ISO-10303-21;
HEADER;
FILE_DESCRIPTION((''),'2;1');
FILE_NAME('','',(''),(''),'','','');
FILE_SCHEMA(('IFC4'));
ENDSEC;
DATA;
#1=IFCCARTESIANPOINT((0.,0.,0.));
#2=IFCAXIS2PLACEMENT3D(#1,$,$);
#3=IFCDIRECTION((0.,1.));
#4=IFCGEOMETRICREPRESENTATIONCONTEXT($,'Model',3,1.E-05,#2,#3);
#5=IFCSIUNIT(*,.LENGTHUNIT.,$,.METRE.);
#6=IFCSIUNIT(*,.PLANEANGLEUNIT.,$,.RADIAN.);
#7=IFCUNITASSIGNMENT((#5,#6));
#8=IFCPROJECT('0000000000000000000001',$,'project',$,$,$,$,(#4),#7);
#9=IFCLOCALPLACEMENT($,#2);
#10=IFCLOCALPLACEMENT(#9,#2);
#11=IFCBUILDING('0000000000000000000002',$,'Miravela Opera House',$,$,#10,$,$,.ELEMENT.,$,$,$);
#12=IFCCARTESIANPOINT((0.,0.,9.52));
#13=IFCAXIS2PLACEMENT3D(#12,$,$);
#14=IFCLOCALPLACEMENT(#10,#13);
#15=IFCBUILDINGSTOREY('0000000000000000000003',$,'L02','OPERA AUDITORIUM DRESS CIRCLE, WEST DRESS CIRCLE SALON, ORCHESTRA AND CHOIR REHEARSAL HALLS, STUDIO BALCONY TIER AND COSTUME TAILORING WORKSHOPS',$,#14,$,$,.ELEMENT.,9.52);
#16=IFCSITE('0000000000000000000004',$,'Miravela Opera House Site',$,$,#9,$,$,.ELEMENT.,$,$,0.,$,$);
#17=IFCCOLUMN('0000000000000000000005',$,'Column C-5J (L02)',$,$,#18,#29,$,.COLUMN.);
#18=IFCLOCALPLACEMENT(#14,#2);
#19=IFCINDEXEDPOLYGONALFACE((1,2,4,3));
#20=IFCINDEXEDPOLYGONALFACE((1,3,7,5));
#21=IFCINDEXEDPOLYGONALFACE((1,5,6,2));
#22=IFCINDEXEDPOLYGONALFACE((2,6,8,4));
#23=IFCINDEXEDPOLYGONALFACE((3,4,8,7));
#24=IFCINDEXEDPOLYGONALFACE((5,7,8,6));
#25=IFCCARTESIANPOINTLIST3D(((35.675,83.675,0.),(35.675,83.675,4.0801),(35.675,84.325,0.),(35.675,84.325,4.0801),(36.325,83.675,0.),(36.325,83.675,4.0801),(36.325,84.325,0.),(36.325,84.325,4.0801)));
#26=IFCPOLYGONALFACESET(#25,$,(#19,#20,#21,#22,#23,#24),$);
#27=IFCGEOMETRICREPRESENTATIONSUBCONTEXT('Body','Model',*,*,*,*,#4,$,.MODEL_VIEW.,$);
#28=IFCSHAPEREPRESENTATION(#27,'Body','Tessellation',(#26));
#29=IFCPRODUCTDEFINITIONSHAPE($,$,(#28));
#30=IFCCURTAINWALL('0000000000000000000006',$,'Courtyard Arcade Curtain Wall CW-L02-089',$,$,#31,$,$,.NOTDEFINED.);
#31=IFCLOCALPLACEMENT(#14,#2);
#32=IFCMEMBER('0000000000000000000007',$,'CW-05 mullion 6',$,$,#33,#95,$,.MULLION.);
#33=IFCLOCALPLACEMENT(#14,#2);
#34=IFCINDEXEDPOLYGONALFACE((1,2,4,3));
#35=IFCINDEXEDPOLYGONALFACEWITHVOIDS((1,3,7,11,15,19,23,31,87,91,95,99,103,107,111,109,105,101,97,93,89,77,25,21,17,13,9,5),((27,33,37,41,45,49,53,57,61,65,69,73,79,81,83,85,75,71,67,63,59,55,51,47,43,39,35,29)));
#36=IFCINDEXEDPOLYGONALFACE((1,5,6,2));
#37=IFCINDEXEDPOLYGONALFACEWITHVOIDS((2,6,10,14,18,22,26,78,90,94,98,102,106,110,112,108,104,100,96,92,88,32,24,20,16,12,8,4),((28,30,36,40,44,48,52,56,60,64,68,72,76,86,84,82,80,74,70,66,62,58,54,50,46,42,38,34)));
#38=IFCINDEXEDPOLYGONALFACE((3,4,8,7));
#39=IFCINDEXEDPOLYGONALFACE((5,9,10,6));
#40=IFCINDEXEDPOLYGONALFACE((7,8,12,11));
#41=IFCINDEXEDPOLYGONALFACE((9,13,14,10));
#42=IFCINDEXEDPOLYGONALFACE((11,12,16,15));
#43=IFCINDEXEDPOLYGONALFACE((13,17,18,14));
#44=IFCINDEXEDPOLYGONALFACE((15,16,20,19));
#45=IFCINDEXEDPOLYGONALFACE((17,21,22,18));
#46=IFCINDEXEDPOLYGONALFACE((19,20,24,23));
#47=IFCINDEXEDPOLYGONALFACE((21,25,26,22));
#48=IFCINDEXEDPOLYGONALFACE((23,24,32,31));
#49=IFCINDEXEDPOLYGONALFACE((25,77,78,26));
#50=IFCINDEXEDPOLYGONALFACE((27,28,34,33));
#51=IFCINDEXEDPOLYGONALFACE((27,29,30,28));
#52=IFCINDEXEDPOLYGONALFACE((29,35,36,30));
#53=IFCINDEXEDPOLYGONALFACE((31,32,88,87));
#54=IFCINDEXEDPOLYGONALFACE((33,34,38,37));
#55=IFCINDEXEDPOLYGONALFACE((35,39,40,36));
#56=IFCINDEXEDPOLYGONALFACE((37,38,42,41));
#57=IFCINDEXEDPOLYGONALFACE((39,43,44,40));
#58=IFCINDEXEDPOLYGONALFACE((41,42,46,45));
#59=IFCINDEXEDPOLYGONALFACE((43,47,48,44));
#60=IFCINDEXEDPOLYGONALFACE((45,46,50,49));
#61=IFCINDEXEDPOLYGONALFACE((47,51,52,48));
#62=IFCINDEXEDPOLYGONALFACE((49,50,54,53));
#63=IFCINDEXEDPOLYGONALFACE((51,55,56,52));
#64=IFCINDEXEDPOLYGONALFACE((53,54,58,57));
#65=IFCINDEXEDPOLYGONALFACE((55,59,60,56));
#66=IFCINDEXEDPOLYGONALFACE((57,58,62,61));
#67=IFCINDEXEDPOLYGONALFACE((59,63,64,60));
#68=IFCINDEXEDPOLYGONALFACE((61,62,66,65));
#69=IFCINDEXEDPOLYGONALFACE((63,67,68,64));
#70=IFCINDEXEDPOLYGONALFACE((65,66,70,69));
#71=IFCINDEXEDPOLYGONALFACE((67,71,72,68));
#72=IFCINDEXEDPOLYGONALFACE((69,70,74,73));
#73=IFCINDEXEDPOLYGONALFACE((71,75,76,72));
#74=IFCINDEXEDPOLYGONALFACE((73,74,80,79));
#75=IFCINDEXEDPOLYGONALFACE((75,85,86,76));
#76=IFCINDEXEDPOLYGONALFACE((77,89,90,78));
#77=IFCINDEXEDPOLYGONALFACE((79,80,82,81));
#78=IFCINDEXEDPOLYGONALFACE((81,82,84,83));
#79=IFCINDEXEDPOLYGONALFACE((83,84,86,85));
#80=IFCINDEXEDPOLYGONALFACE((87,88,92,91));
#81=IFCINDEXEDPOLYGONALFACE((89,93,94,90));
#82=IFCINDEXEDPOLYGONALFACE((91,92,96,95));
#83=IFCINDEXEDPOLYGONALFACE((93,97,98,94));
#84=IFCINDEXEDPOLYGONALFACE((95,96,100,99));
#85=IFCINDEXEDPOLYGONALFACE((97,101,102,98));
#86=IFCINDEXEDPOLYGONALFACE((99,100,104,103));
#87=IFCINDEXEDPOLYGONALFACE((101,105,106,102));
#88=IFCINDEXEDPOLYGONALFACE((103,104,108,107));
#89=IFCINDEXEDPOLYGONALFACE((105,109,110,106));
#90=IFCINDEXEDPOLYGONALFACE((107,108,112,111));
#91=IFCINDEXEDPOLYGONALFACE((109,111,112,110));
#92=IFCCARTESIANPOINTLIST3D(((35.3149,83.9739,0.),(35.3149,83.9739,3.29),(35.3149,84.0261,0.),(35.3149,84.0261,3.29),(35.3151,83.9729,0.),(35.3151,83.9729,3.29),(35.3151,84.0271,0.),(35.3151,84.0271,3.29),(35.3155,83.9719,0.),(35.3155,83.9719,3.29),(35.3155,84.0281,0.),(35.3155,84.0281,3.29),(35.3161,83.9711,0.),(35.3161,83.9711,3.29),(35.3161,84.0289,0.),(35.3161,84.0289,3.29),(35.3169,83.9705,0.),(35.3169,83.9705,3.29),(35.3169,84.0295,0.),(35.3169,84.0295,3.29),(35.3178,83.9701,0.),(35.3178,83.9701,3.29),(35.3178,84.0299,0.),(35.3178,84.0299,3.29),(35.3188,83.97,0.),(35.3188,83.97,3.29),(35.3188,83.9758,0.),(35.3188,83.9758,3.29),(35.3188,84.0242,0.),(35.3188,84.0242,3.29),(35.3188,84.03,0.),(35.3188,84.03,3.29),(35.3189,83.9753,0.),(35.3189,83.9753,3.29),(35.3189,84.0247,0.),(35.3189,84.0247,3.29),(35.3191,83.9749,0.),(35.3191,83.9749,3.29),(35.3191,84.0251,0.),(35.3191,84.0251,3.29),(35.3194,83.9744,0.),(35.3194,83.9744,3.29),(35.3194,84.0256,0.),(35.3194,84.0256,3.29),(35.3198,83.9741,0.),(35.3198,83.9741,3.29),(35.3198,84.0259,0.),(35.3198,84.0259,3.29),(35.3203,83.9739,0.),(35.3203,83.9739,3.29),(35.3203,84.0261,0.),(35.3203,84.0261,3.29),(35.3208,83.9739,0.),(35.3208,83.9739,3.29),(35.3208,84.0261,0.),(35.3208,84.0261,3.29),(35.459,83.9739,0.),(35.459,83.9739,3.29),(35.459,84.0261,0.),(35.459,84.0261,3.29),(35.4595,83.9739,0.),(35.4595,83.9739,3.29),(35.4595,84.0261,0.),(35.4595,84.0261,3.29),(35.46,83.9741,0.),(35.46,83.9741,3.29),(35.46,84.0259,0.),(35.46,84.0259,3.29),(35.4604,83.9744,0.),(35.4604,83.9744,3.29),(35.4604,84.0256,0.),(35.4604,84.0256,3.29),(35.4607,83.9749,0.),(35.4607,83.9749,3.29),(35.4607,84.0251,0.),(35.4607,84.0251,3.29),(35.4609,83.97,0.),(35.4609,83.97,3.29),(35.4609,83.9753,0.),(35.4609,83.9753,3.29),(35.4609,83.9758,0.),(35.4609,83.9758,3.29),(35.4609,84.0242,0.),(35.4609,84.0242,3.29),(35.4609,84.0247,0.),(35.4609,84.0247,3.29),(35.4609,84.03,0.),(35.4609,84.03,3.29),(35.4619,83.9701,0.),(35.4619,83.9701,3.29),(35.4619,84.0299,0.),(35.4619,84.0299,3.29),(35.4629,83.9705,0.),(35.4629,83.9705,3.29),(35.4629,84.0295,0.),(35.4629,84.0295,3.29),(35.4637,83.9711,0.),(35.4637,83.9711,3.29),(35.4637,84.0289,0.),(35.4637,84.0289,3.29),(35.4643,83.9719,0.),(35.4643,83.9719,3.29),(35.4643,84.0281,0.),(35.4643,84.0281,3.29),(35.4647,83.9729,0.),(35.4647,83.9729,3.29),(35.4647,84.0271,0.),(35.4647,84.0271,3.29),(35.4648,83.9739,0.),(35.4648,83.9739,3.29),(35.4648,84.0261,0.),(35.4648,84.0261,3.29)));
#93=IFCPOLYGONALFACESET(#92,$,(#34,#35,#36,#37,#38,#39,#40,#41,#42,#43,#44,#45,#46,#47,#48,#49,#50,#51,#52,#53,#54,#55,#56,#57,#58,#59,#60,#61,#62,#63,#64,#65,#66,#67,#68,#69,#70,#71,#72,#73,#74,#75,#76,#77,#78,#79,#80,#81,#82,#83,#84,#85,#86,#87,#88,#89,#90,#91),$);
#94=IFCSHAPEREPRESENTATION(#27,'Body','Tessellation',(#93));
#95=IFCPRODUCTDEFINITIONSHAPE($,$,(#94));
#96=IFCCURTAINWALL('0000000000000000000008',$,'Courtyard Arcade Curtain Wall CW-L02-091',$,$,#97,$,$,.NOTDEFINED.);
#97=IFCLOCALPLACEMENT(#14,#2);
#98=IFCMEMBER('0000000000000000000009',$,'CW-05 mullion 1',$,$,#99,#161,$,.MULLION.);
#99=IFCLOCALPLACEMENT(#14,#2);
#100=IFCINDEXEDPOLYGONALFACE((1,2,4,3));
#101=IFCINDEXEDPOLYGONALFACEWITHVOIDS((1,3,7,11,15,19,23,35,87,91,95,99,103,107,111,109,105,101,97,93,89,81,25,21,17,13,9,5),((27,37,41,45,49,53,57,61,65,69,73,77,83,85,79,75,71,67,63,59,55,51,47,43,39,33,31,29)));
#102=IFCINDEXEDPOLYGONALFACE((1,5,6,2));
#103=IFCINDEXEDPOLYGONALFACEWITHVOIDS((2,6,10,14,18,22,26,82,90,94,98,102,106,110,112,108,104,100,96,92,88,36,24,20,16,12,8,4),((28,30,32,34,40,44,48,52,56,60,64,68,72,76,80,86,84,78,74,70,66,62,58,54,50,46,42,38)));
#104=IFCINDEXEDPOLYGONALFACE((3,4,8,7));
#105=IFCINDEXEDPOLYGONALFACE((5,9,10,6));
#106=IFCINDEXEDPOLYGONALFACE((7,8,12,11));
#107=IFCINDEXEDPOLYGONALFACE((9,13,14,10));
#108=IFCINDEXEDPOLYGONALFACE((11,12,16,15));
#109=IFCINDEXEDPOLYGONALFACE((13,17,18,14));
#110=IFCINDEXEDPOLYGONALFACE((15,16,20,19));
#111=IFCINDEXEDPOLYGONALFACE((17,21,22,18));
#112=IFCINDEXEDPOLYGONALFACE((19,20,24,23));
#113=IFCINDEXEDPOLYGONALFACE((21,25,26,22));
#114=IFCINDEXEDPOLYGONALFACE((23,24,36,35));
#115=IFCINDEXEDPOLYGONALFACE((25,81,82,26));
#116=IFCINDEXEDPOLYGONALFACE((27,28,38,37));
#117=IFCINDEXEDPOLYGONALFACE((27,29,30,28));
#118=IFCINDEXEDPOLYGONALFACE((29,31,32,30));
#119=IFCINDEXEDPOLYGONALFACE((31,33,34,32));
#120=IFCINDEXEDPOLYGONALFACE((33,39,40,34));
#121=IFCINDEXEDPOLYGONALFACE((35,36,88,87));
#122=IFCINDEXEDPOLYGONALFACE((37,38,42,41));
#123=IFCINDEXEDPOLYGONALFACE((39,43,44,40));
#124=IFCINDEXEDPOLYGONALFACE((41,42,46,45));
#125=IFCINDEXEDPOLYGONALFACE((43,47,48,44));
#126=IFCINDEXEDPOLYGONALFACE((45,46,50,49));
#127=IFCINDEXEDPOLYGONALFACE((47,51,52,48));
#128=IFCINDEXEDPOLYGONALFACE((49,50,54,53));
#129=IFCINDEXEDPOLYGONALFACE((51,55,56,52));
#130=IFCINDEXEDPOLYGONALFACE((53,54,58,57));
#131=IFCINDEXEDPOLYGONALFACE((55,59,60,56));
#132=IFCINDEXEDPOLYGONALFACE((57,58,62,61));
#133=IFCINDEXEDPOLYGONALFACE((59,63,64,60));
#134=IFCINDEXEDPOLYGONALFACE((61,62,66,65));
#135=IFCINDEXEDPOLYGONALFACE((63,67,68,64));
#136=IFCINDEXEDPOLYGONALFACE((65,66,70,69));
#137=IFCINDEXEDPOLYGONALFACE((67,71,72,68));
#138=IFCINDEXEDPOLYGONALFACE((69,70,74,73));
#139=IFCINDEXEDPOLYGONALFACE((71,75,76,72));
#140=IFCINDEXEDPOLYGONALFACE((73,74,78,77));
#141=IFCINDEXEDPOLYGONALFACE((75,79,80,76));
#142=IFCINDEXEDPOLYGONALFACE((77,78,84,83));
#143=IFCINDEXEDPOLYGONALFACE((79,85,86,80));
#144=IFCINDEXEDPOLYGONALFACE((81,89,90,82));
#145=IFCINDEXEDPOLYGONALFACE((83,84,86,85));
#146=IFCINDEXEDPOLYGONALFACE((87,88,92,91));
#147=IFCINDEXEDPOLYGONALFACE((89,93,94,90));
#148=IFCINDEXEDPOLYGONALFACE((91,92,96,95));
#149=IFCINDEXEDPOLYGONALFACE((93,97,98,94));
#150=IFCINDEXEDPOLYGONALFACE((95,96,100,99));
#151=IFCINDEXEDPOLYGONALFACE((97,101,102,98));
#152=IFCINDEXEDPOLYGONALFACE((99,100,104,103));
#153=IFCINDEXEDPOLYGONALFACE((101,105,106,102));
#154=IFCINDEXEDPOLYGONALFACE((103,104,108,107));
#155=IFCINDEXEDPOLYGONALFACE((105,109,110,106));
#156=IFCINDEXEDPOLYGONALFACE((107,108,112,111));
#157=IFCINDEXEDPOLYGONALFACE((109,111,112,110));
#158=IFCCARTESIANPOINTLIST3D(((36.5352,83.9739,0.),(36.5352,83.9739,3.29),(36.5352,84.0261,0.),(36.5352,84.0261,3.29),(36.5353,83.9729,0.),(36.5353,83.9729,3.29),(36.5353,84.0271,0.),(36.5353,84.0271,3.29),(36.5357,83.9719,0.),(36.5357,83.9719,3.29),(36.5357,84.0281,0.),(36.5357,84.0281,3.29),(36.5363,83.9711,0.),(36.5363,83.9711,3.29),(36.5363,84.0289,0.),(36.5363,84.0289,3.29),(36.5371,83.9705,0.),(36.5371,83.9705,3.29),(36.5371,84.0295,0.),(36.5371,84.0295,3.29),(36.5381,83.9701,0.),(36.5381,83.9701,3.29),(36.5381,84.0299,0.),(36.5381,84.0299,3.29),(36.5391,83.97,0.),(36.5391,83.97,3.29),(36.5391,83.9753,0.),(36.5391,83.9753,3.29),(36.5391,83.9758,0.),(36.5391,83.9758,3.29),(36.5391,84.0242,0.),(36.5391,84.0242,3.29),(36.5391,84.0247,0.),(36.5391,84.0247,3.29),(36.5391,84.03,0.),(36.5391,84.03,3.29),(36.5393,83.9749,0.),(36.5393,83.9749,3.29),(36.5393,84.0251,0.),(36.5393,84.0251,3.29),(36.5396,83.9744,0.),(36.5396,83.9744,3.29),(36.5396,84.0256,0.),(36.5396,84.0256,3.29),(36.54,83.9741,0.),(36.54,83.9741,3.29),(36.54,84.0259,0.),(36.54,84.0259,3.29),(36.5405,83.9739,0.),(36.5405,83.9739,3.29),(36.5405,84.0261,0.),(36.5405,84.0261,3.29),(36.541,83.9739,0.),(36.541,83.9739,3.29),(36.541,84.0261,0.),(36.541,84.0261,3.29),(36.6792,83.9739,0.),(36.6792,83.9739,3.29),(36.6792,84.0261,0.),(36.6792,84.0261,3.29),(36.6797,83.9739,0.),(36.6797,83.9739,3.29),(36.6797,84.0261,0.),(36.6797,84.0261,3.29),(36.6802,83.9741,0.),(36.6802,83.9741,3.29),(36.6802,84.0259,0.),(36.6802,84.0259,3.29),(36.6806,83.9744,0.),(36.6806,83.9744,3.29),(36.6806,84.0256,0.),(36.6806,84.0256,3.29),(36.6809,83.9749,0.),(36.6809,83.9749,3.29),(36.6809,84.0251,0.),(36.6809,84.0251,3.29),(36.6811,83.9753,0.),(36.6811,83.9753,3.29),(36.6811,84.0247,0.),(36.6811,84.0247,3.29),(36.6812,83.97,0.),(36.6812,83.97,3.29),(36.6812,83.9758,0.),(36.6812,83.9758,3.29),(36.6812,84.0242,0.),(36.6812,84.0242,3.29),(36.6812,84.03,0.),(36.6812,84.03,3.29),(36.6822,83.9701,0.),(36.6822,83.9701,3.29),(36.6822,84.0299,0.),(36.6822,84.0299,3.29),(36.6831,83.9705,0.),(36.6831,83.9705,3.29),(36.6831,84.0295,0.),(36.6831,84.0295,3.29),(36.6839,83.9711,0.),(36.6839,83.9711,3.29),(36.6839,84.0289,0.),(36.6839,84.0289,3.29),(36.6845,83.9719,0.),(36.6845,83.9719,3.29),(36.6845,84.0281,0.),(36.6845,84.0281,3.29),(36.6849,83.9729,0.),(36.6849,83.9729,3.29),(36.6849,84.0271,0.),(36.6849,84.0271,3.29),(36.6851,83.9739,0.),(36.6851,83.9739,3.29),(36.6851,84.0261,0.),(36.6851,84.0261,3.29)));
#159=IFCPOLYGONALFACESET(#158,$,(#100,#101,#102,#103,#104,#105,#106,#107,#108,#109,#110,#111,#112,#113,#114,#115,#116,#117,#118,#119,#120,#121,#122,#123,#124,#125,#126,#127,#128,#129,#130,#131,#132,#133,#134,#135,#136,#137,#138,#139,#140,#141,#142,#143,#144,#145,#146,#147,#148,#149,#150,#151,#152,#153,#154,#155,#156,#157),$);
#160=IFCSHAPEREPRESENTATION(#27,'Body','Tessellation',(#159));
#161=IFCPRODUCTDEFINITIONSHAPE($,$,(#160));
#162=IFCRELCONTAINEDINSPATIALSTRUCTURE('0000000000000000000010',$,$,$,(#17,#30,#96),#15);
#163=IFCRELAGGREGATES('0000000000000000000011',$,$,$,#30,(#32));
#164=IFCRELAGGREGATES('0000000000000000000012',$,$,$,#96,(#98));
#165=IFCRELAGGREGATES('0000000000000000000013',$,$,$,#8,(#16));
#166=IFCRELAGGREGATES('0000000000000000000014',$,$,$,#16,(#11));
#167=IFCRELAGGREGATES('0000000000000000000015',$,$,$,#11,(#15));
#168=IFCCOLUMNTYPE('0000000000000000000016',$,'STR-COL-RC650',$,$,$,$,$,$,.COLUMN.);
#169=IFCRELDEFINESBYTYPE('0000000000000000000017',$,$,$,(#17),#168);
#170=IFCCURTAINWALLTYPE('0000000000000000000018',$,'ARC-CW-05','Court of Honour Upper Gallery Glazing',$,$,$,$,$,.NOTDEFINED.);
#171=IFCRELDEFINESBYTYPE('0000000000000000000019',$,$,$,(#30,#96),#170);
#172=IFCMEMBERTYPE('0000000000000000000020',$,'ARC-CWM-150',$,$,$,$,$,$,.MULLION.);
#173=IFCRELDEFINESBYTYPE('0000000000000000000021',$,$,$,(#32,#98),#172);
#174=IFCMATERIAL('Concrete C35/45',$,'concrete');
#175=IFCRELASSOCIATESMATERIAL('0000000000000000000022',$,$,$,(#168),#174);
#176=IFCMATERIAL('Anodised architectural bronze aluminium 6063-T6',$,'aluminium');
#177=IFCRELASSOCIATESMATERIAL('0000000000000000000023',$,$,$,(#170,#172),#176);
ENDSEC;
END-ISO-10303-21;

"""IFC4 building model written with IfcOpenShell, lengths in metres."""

from ifc_helpers import new_model, si_unit, direction, frame, origin, origin_2d, place, context, subcontext, project, spatial, rectangle, hollow_rectangle, extrude, material, material_profile, profile_set, type_object, element, aggregate, save


model = new_model("IFC4")

# Units and contexts
model_context = context("Model", 3, precision=1e-05, world=origin(), true_north=direction((0.0, 1.0)))
body_context = subcontext(model_context, "Body", "Model", "MODEL_VIEW")
ifc_project = project(units=[si_unit("LENGTHUNIT", "METRE"), si_unit("PLANEANGLEUNIT", "RADIAN")], contexts=[model_context])

# Site, building, storey
site_placement = place(None, origin())
site = spatial("IfcSite", under=ifc_project, at=site_placement, Name="Miravela Opera House Site", CompositionType="ELEMENT", RefElevation=0.0)
building_placement = place(site_placement, origin())
building = spatial("IfcBuilding", under=site, at=building_placement, Name="Miravela Opera House", CompositionType="ELEMENT")
storey_placement = place(building_placement, frame((0.0, 0.0, 9.52)))
storey = spatial("IfcBuildingStorey", under=building, at=storey_placement, Name="L02", Description="OPERA AUDITORIUM DRESS CIRCLE, WEST DRESS CIRCLE SALON, ORCHESTRA AND CHOIR REHEARSAL HALLS, STUDIO BALCONY TIER AND COSTUME TAILORING WORKSHOPS", CompositionType="ELEMENT", Elevation=9.52)

# Column
ifc_material_1 = material(Name="Concrete C35/45", Category="concrete")
ifc_material_profile_1 = material_profile(ifc_material_1, rectangle(XDim=0.6499, YDim=0.6499, at=origin_2d()), Name="RC-COL-650X650")
ifc_profile_set_1 = profile_set([ifc_material_profile_1])
column_type = type_object("IfcColumnType", Name="STR-COL-RC650", PredefinedType="COLUMN", material=ifc_profile_set_1)
column_placement = place(storey_placement, frame((36.0, 84.0, 0.0), z_axis=(0.0, 0.0, 1.0), x_axis=(1.0, 0.0, 0.0)))
element("IfcColumn", 1, at=column_placement, inside=storey, type_object=column_type, Name="Column C-5J (L02)", PredefinedType="COLUMN", context=body_context, shape_type="SweptSolid", body=[
    extrude(rectangle(XDim=0.6499, YDim=0.6499, at=origin_2d()), origin(), (0.0, 0.0, 1.0), 4.0801),
])

# Curtain wall, member
ifc_material_2 = material(Name="Anodised architectural bronze aluminium 6063-T6", Category="aluminium")
curtain_wall_type = type_object("IfcCurtainWallType", Name="ARC-CW-05", Description="Court of Honour Upper Gallery Glazing", PredefinedType="NOTDEFINED", material=ifc_material_2)
curtain_wall_1_placement = place(storey_placement, origin())
curtain_wall_1 = element("IfcCurtainWall", 2, at=curtain_wall_1_placement, inside=storey, type_object=curtain_wall_type, Name="Courtyard Arcade Curtain Wall CW-L02-089", PredefinedType="NOTDEFINED")
ifc_material_profile_2 = material_profile(ifc_material_2, hollow_rectangle(XDim=0.0601, YDim=0.1499, WallThickness=0.0039, InnerFilletRadius=0.002, OuterFilletRadius=0.0039, at=origin_2d()), Name="CWM-60X150")
ifc_profile_set_2 = profile_set([ifc_material_profile_2])
member_type_1 = type_object("IfcMemberType", Name="ARC-CWM-150", PredefinedType="MULLION", material=ifc_profile_set_2)
member_1_placement = place(storey_placement, frame((35.3899, 84.0, 0.0), z_axis=(0.0, 0.0, 1.0), x_axis=(0.0, 1.0, 0.0)))
member_1 = element("IfcMember", 3, at=member_1_placement, type_object=member_type_1, Name="CW-05 mullion 6", PredefinedType="MULLION", context=body_context, shape_type="SweptSolid", body=[
    extrude(hollow_rectangle(XDim=0.0601, YDim=0.1499, WallThickness=0.0039, InnerFilletRadius=0.002, OuterFilletRadius=0.0039, at=origin_2d()), origin(), (0.0, 0.0, 1.0), 3.29),
])

# Curtain wall, member
curtain_wall_2_placement = place(storey_placement, origin())
curtain_wall_2 = element("IfcCurtainWall", 4, at=curtain_wall_2_placement, inside=storey, type_object=curtain_wall_type, Name="Courtyard Arcade Curtain Wall CW-L02-091", PredefinedType="NOTDEFINED")
member_2_placement = place(storey_placement, frame((36.6101, 84.0, 0.0), z_axis=(0.0, 0.0, 1.0), x_axis=(0.0, 1.0, 0.0)))
member_2 = element("IfcMember", 5, at=member_2_placement, type_object=member_type_1, Name="CW-05 mullion 1", PredefinedType="MULLION", context=body_context, shape_type="SweptSolid", body=[
    extrude(hollow_rectangle(XDim=0.0601, YDim=0.1499, WallThickness=0.0039, InnerFilletRadius=0.002, OuterFilletRadius=0.0039, at=origin_2d()), origin(), (0.0, 0.0, 1.0), 3.29),
])

aggregate(curtain_wall_1, [member_1])
aggregate(curtain_wall_2, [member_2])

save(model, "model.ifc")
